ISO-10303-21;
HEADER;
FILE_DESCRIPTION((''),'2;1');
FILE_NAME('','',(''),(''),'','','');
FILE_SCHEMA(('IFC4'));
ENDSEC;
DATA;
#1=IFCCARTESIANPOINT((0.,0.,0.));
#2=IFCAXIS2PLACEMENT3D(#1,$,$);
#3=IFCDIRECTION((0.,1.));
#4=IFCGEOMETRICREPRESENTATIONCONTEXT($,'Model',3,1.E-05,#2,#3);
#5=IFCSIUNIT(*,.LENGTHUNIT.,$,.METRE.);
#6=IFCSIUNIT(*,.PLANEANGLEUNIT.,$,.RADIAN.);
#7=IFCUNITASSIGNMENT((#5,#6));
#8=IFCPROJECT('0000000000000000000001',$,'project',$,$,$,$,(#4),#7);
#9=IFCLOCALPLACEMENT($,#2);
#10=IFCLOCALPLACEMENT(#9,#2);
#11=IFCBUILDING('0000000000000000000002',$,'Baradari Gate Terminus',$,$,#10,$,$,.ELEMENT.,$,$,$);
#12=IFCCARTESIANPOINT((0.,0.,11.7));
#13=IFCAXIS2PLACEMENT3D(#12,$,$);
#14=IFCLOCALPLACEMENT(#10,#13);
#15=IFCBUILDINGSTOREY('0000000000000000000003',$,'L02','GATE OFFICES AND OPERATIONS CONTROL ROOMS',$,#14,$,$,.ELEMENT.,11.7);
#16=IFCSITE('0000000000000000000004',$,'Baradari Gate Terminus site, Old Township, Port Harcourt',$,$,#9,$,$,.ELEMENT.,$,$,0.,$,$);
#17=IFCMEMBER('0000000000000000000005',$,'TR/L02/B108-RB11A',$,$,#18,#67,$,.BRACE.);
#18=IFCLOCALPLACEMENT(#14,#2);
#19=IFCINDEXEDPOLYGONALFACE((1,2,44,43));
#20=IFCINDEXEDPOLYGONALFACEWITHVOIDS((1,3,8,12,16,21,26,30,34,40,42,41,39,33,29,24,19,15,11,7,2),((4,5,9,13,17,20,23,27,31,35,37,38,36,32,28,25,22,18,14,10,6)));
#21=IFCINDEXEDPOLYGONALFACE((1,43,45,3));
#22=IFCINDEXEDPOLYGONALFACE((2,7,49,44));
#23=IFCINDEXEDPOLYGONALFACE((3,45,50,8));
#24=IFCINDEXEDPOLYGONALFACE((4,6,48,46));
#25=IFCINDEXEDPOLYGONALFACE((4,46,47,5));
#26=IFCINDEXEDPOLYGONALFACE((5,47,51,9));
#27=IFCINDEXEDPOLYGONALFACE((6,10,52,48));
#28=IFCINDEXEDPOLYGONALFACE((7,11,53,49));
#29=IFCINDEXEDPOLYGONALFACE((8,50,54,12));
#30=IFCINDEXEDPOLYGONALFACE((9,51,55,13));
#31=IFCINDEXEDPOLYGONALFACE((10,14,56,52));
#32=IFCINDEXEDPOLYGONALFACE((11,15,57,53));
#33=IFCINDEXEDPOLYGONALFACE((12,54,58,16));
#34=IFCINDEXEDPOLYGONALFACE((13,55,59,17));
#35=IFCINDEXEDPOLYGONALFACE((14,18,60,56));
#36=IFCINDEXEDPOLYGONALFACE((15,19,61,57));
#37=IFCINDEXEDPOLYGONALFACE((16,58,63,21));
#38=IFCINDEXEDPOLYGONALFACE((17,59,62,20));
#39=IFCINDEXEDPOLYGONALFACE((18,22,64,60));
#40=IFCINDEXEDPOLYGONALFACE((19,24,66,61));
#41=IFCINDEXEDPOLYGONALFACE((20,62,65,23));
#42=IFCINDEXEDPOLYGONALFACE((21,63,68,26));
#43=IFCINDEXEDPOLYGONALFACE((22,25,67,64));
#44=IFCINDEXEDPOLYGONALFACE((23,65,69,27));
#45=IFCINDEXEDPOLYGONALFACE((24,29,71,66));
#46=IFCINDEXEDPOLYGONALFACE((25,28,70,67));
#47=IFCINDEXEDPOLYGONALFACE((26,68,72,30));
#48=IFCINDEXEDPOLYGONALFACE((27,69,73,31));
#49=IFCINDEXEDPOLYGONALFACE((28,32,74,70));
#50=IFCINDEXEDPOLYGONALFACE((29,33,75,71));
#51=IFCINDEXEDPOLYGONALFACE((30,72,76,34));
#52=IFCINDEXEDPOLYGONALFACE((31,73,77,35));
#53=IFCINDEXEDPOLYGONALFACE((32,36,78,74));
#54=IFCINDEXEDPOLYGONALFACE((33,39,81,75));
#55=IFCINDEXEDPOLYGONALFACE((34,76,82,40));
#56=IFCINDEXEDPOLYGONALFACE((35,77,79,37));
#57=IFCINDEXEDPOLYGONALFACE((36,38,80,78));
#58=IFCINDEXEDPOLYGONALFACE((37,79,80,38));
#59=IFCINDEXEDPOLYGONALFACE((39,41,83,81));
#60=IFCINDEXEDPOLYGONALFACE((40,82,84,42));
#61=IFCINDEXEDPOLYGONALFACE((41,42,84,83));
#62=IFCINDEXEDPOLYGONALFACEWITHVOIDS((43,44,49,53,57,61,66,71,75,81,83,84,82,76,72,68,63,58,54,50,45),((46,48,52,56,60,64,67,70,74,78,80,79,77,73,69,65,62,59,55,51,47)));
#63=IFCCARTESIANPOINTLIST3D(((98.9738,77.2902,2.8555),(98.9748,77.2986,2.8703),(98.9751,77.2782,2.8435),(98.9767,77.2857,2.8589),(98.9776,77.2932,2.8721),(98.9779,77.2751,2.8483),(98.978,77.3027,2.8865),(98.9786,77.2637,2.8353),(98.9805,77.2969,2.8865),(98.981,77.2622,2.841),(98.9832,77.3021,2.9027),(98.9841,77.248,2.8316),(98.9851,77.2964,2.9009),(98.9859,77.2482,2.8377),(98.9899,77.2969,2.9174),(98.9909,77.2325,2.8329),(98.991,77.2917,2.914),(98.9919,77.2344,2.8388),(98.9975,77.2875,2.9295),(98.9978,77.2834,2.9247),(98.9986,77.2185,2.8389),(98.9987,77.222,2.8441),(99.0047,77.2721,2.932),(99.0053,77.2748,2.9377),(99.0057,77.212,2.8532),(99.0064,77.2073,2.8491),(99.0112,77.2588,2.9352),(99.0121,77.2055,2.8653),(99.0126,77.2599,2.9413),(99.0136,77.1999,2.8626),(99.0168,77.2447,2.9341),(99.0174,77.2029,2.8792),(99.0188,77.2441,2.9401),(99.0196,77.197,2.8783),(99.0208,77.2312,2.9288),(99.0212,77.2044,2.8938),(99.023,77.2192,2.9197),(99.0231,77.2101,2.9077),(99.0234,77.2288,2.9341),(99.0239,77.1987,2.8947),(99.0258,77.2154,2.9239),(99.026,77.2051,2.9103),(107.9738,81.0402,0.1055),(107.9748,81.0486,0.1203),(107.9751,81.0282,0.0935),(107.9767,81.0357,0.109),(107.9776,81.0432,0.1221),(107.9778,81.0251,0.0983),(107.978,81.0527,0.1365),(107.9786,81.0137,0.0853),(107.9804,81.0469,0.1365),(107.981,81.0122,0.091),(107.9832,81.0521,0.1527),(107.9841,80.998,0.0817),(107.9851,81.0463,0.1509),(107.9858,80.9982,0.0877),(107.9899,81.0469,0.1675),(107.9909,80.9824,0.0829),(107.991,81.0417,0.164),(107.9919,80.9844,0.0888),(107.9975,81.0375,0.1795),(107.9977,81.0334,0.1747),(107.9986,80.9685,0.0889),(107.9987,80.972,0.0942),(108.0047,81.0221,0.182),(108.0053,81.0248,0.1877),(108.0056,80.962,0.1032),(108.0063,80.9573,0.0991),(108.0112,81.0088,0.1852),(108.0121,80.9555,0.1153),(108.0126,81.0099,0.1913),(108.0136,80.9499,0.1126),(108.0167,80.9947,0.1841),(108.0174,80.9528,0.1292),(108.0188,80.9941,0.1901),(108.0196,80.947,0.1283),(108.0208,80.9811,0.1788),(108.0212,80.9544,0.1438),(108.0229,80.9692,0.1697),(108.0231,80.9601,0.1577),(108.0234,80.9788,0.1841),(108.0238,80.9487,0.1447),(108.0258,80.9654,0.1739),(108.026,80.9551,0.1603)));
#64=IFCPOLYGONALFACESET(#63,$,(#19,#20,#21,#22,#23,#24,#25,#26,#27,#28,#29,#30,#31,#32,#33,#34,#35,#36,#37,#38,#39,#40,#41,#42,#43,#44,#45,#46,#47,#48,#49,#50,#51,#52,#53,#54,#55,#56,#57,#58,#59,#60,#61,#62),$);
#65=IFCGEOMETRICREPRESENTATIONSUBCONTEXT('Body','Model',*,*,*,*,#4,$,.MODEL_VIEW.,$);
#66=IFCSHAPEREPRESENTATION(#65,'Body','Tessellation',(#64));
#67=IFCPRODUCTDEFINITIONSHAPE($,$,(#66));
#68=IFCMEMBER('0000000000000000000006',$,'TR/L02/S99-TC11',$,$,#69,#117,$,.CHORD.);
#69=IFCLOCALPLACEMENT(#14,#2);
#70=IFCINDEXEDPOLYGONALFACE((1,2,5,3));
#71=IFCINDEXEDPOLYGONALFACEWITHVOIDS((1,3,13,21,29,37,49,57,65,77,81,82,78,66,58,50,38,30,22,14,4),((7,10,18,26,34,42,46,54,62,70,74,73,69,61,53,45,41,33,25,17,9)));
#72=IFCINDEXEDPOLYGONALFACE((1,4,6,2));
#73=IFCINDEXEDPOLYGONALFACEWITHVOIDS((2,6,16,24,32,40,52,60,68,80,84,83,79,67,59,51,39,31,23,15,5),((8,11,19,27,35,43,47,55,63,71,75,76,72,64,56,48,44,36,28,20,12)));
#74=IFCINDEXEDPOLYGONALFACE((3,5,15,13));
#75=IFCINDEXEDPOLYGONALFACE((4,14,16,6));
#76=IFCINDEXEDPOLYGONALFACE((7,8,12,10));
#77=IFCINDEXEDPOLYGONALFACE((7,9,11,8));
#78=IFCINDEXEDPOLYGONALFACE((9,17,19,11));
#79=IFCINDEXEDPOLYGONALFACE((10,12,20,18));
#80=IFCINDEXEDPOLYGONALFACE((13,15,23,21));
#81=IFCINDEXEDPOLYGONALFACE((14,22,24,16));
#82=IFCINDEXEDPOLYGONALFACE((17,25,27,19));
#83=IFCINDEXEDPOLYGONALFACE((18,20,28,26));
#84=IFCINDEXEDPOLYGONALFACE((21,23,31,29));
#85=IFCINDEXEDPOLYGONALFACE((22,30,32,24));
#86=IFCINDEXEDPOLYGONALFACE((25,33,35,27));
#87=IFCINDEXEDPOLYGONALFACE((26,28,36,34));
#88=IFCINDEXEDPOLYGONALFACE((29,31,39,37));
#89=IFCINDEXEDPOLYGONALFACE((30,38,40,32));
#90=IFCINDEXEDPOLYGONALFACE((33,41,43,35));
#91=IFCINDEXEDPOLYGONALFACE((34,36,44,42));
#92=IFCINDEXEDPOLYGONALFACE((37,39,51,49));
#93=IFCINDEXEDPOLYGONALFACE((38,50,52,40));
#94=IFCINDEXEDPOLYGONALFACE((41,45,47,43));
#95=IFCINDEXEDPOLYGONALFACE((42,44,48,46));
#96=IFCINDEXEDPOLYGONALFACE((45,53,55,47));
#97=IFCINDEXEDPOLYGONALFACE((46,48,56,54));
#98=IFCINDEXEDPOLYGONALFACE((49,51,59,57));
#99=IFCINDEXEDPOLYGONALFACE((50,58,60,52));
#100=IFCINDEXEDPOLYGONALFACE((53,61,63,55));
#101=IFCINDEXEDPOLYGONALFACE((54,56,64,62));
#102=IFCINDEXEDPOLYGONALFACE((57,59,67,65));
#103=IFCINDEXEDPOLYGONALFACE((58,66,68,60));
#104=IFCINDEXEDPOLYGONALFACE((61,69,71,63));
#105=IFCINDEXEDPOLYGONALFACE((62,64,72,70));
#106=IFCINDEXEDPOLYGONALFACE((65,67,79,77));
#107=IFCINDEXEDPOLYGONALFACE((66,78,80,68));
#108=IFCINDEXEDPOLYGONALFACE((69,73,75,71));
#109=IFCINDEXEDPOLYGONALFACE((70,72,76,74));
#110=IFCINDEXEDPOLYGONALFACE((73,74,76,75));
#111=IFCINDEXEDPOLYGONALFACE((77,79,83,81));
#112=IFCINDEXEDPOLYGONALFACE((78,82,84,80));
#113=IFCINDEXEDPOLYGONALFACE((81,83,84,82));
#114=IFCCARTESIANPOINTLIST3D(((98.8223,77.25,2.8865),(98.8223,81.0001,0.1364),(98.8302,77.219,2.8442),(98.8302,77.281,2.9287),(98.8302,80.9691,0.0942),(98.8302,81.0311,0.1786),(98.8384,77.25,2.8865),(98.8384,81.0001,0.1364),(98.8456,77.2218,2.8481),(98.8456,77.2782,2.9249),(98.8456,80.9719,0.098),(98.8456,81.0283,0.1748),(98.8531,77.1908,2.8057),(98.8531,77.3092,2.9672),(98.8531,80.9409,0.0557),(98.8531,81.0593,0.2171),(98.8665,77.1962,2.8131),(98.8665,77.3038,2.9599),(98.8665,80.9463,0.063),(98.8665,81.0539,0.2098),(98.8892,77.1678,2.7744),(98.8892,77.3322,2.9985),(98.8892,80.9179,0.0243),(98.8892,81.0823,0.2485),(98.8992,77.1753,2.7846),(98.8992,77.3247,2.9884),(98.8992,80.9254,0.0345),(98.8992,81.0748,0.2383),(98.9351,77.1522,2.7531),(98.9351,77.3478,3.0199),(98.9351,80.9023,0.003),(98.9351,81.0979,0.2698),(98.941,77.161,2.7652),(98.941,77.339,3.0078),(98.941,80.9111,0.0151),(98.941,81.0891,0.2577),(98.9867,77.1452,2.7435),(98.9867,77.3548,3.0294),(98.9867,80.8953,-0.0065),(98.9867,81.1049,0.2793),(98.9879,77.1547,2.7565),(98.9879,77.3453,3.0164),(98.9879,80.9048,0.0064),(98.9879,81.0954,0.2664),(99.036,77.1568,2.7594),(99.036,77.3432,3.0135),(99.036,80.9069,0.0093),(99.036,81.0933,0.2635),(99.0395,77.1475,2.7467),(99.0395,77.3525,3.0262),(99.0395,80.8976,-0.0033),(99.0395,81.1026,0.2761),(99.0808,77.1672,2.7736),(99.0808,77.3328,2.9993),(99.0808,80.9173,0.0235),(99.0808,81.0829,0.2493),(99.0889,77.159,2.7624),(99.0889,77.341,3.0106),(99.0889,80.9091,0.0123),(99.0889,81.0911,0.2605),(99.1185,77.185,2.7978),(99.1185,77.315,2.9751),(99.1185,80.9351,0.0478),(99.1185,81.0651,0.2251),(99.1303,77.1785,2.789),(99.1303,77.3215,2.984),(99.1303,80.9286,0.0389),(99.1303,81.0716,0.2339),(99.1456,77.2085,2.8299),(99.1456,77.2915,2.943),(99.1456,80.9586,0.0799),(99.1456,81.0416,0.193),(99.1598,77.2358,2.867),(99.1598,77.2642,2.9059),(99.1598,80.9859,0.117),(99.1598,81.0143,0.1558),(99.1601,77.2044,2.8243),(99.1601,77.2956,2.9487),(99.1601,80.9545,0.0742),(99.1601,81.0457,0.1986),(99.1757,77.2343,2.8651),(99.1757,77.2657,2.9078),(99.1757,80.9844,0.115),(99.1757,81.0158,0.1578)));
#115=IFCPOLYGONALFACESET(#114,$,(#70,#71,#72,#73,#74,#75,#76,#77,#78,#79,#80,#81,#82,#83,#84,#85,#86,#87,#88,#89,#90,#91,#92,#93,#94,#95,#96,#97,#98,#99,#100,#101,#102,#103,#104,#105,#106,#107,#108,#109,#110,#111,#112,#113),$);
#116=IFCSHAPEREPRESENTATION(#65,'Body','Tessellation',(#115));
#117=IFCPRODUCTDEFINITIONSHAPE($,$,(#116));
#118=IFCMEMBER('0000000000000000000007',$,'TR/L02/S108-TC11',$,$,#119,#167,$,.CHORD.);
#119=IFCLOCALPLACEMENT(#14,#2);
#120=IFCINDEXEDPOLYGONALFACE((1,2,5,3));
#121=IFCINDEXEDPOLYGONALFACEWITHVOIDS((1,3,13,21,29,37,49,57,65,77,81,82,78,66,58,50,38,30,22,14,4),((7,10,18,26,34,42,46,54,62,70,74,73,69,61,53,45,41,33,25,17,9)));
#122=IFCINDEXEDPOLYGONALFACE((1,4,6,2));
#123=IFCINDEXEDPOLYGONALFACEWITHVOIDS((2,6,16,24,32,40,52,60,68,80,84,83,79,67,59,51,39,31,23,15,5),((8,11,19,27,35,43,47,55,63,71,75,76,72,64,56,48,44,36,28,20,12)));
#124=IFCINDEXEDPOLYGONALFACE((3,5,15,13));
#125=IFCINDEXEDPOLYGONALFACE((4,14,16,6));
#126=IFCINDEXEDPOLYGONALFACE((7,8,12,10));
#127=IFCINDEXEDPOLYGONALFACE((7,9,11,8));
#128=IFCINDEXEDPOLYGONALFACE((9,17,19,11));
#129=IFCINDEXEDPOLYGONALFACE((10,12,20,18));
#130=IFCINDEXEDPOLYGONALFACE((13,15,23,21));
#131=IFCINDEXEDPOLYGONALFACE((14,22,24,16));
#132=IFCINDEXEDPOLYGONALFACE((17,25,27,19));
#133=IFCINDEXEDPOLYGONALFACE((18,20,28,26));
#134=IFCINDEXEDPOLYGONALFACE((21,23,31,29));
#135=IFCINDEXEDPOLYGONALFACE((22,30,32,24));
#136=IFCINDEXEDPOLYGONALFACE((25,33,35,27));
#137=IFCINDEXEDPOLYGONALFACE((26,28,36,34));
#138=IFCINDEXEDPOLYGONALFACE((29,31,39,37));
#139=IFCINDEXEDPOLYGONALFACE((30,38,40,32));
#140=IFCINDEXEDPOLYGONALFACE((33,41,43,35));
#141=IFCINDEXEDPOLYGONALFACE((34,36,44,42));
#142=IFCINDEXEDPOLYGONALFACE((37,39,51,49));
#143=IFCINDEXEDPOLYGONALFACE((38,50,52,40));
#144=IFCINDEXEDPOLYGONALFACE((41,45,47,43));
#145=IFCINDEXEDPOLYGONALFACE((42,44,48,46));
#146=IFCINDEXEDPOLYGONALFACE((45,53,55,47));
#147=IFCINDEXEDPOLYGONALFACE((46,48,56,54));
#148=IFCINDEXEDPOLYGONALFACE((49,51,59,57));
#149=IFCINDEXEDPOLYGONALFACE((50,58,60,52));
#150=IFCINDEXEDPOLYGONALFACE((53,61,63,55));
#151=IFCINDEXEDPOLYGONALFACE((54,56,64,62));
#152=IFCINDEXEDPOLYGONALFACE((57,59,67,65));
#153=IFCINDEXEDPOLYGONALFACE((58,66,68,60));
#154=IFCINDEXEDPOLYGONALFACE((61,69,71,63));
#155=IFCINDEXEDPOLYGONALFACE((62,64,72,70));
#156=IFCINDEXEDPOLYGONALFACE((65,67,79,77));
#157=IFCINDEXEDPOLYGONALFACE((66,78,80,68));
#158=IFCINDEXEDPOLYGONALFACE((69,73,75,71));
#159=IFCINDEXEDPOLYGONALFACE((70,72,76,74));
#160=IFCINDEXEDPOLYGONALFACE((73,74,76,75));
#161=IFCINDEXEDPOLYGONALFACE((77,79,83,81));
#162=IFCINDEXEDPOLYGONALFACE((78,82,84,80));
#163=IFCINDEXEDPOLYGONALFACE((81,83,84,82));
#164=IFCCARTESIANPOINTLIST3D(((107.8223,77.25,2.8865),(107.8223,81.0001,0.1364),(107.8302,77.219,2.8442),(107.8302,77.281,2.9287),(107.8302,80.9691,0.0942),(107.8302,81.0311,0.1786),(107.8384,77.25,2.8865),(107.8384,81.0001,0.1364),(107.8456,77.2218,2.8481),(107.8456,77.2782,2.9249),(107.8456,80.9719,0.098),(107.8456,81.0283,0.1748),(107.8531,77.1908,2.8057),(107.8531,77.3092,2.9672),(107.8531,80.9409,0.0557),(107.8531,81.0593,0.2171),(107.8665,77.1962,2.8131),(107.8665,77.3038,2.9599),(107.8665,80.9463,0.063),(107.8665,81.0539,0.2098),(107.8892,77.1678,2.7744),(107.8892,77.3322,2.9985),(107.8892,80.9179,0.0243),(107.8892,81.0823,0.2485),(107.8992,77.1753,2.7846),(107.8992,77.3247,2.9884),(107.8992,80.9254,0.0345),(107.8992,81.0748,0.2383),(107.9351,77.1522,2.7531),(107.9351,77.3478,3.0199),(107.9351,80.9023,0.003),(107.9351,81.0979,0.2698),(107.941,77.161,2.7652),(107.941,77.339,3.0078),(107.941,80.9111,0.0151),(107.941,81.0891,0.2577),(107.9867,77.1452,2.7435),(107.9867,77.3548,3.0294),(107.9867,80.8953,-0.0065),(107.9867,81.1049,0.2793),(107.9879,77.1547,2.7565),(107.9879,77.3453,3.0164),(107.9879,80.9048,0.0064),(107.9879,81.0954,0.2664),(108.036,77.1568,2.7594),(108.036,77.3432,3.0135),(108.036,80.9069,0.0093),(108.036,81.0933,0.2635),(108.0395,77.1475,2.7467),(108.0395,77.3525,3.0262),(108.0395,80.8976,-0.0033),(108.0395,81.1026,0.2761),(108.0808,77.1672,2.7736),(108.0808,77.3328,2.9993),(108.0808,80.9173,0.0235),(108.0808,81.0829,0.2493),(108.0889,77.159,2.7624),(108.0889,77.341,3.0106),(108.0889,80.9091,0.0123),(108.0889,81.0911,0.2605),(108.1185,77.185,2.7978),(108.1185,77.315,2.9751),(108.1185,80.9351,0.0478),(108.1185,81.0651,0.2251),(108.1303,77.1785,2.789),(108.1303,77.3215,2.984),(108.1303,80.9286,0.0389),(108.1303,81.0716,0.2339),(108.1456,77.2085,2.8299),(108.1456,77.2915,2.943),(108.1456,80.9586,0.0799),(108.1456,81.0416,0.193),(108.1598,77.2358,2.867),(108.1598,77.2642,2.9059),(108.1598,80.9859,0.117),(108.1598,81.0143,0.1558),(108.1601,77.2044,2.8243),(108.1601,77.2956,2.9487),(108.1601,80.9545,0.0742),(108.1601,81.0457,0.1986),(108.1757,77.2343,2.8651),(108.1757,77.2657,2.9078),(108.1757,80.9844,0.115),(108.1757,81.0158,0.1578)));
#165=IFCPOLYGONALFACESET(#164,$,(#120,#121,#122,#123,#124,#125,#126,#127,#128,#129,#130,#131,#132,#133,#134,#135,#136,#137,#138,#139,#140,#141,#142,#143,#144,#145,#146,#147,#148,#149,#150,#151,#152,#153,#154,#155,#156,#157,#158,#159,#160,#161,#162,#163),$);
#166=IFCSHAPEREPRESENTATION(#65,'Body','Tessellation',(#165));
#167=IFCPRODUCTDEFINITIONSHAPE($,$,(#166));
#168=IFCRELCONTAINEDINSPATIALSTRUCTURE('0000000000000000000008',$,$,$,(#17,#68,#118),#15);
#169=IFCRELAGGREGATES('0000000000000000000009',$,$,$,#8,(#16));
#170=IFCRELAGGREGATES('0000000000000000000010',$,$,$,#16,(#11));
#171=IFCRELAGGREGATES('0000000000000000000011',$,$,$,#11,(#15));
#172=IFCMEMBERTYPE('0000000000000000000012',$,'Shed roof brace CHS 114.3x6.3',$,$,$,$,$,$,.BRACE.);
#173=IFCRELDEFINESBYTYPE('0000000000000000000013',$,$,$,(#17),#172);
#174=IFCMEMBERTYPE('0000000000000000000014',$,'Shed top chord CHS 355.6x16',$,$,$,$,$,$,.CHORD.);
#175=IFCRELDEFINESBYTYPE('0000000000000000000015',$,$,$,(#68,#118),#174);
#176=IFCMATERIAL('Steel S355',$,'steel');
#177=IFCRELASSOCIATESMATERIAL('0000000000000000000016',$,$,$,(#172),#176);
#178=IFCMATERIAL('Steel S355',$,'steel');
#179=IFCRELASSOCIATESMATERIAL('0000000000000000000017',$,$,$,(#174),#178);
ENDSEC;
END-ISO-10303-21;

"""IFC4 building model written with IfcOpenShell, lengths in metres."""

from ifc_helpers import new_model, si_unit, direction, frame, origin, origin_2d, place, context, subcontext, project, spatial, hollow_circle, extrude, material, material_profile, profile_set, type_object, element, save


model = new_model("IFC4")

# Units and contexts
model_context = context("Model", 3, precision=1e-05, world=origin(), true_north=direction((0.0, 1.0)))
body_context = subcontext(model_context, "Body", "Model", "MODEL_VIEW")
ifc_project = project(units=[si_unit("LENGTHUNIT", "METRE"), si_unit("PLANEANGLEUNIT", "RADIAN")], contexts=[model_context])

# Site, building, storey
site_placement = place(None, origin())
site = spatial("IfcSite", under=ifc_project, at=site_placement, Name="Baradari Gate Terminus site, Old Township, Port Harcourt", CompositionType="ELEMENT", RefElevation=0.0)
building_placement = place(site_placement, origin())
building = spatial("IfcBuilding", under=site, at=building_placement, Name="Baradari Gate Terminus", CompositionType="ELEMENT")
storey_placement = place(building_placement, frame((0.0, 0.0, 11.7)))
storey = spatial("IfcBuildingStorey", under=building, at=storey_placement, Name="L02", Description="GATE OFFICES AND OPERATIONS CONTROL ROOMS", CompositionType="ELEMENT", Elevation=11.7)

# Members
ifc_material_1 = material(Name="Steel S355", Category="steel")
ifc_material_profile_1 = material_profile(ifc_material_1, hollow_circle(Radius=0.0571, WallThickness=0.0063, at=origin_2d()), Name="CHS 114.3x6.3")
ifc_profile_set_1 = profile_set([ifc_material_profile_1], Name="Steel S355")
member_type_1 = type_object("IfcMemberType", Name="Shed roof brace CHS 114.3x6.3", PredefinedType="BRACE", material=ifc_profile_set_1)
member_1_placement = place(storey_placement, frame((99.0, 77.25, 2.8865), z_axis=(0.888415, 0.370173, -0.27146), x_axis=(-0.384615, 0.923077, 0.0)))
element("IfcMember", 1, at=member_1_placement, inside=storey, type_object=member_type_1, Name="TR/L02/B108-RB11A", PredefinedType="BRACE", context=body_context, shape_type="SweptSolid", body=[
    extrude(hollow_circle(Radius=0.0571, WallThickness=0.0063, at=origin_2d()), origin(), (0.0, 0.0, 1.0), 10.1304),
])
ifc_material_2 = material(Name="Steel S355", Category="steel")
ifc_material_profile_2 = material_profile(ifc_material_2, hollow_circle(Radius=0.1777, WallThickness=0.0161, at=origin_2d()), Name="CHS 355.6x16")
ifc_profile_set_2 = profile_set([ifc_material_profile_2], Name="Steel S355")
member_type_2 = type_object("IfcMemberType", Name="Shed top chord CHS 355.6x16", PredefinedType="CHORD", material=ifc_profile_set_2)
for number, where, z_axis, x_axis, name in (
    (2, (99.0, 77.25, 2.8865), (0.0, 0.806405, -0.591364), (-1.0, 0.0, 0.0), "TR/L02/S99-TC11"),
    (3, (108.0, 77.25, 2.8865), (0.0, 0.806405, -0.591364), (-1.0, 0.0, 0.0), "TR/L02/S108-TC11"),
):
    element("IfcMember", number, at=place(storey_placement, frame(where, z_axis=z_axis, x_axis=x_axis)), inside=storey, type_object=member_type_2, Name=name, PredefinedType="CHORD", context=body_context, shape_type="SweptSolid", body=[
        extrude(hollow_circle(Radius=0.1777, WallThickness=0.0161, at=origin_2d()), origin(), (0.0, 0.0, 1.0), 4.6504),
    ])

save(model, "model.ifc")
